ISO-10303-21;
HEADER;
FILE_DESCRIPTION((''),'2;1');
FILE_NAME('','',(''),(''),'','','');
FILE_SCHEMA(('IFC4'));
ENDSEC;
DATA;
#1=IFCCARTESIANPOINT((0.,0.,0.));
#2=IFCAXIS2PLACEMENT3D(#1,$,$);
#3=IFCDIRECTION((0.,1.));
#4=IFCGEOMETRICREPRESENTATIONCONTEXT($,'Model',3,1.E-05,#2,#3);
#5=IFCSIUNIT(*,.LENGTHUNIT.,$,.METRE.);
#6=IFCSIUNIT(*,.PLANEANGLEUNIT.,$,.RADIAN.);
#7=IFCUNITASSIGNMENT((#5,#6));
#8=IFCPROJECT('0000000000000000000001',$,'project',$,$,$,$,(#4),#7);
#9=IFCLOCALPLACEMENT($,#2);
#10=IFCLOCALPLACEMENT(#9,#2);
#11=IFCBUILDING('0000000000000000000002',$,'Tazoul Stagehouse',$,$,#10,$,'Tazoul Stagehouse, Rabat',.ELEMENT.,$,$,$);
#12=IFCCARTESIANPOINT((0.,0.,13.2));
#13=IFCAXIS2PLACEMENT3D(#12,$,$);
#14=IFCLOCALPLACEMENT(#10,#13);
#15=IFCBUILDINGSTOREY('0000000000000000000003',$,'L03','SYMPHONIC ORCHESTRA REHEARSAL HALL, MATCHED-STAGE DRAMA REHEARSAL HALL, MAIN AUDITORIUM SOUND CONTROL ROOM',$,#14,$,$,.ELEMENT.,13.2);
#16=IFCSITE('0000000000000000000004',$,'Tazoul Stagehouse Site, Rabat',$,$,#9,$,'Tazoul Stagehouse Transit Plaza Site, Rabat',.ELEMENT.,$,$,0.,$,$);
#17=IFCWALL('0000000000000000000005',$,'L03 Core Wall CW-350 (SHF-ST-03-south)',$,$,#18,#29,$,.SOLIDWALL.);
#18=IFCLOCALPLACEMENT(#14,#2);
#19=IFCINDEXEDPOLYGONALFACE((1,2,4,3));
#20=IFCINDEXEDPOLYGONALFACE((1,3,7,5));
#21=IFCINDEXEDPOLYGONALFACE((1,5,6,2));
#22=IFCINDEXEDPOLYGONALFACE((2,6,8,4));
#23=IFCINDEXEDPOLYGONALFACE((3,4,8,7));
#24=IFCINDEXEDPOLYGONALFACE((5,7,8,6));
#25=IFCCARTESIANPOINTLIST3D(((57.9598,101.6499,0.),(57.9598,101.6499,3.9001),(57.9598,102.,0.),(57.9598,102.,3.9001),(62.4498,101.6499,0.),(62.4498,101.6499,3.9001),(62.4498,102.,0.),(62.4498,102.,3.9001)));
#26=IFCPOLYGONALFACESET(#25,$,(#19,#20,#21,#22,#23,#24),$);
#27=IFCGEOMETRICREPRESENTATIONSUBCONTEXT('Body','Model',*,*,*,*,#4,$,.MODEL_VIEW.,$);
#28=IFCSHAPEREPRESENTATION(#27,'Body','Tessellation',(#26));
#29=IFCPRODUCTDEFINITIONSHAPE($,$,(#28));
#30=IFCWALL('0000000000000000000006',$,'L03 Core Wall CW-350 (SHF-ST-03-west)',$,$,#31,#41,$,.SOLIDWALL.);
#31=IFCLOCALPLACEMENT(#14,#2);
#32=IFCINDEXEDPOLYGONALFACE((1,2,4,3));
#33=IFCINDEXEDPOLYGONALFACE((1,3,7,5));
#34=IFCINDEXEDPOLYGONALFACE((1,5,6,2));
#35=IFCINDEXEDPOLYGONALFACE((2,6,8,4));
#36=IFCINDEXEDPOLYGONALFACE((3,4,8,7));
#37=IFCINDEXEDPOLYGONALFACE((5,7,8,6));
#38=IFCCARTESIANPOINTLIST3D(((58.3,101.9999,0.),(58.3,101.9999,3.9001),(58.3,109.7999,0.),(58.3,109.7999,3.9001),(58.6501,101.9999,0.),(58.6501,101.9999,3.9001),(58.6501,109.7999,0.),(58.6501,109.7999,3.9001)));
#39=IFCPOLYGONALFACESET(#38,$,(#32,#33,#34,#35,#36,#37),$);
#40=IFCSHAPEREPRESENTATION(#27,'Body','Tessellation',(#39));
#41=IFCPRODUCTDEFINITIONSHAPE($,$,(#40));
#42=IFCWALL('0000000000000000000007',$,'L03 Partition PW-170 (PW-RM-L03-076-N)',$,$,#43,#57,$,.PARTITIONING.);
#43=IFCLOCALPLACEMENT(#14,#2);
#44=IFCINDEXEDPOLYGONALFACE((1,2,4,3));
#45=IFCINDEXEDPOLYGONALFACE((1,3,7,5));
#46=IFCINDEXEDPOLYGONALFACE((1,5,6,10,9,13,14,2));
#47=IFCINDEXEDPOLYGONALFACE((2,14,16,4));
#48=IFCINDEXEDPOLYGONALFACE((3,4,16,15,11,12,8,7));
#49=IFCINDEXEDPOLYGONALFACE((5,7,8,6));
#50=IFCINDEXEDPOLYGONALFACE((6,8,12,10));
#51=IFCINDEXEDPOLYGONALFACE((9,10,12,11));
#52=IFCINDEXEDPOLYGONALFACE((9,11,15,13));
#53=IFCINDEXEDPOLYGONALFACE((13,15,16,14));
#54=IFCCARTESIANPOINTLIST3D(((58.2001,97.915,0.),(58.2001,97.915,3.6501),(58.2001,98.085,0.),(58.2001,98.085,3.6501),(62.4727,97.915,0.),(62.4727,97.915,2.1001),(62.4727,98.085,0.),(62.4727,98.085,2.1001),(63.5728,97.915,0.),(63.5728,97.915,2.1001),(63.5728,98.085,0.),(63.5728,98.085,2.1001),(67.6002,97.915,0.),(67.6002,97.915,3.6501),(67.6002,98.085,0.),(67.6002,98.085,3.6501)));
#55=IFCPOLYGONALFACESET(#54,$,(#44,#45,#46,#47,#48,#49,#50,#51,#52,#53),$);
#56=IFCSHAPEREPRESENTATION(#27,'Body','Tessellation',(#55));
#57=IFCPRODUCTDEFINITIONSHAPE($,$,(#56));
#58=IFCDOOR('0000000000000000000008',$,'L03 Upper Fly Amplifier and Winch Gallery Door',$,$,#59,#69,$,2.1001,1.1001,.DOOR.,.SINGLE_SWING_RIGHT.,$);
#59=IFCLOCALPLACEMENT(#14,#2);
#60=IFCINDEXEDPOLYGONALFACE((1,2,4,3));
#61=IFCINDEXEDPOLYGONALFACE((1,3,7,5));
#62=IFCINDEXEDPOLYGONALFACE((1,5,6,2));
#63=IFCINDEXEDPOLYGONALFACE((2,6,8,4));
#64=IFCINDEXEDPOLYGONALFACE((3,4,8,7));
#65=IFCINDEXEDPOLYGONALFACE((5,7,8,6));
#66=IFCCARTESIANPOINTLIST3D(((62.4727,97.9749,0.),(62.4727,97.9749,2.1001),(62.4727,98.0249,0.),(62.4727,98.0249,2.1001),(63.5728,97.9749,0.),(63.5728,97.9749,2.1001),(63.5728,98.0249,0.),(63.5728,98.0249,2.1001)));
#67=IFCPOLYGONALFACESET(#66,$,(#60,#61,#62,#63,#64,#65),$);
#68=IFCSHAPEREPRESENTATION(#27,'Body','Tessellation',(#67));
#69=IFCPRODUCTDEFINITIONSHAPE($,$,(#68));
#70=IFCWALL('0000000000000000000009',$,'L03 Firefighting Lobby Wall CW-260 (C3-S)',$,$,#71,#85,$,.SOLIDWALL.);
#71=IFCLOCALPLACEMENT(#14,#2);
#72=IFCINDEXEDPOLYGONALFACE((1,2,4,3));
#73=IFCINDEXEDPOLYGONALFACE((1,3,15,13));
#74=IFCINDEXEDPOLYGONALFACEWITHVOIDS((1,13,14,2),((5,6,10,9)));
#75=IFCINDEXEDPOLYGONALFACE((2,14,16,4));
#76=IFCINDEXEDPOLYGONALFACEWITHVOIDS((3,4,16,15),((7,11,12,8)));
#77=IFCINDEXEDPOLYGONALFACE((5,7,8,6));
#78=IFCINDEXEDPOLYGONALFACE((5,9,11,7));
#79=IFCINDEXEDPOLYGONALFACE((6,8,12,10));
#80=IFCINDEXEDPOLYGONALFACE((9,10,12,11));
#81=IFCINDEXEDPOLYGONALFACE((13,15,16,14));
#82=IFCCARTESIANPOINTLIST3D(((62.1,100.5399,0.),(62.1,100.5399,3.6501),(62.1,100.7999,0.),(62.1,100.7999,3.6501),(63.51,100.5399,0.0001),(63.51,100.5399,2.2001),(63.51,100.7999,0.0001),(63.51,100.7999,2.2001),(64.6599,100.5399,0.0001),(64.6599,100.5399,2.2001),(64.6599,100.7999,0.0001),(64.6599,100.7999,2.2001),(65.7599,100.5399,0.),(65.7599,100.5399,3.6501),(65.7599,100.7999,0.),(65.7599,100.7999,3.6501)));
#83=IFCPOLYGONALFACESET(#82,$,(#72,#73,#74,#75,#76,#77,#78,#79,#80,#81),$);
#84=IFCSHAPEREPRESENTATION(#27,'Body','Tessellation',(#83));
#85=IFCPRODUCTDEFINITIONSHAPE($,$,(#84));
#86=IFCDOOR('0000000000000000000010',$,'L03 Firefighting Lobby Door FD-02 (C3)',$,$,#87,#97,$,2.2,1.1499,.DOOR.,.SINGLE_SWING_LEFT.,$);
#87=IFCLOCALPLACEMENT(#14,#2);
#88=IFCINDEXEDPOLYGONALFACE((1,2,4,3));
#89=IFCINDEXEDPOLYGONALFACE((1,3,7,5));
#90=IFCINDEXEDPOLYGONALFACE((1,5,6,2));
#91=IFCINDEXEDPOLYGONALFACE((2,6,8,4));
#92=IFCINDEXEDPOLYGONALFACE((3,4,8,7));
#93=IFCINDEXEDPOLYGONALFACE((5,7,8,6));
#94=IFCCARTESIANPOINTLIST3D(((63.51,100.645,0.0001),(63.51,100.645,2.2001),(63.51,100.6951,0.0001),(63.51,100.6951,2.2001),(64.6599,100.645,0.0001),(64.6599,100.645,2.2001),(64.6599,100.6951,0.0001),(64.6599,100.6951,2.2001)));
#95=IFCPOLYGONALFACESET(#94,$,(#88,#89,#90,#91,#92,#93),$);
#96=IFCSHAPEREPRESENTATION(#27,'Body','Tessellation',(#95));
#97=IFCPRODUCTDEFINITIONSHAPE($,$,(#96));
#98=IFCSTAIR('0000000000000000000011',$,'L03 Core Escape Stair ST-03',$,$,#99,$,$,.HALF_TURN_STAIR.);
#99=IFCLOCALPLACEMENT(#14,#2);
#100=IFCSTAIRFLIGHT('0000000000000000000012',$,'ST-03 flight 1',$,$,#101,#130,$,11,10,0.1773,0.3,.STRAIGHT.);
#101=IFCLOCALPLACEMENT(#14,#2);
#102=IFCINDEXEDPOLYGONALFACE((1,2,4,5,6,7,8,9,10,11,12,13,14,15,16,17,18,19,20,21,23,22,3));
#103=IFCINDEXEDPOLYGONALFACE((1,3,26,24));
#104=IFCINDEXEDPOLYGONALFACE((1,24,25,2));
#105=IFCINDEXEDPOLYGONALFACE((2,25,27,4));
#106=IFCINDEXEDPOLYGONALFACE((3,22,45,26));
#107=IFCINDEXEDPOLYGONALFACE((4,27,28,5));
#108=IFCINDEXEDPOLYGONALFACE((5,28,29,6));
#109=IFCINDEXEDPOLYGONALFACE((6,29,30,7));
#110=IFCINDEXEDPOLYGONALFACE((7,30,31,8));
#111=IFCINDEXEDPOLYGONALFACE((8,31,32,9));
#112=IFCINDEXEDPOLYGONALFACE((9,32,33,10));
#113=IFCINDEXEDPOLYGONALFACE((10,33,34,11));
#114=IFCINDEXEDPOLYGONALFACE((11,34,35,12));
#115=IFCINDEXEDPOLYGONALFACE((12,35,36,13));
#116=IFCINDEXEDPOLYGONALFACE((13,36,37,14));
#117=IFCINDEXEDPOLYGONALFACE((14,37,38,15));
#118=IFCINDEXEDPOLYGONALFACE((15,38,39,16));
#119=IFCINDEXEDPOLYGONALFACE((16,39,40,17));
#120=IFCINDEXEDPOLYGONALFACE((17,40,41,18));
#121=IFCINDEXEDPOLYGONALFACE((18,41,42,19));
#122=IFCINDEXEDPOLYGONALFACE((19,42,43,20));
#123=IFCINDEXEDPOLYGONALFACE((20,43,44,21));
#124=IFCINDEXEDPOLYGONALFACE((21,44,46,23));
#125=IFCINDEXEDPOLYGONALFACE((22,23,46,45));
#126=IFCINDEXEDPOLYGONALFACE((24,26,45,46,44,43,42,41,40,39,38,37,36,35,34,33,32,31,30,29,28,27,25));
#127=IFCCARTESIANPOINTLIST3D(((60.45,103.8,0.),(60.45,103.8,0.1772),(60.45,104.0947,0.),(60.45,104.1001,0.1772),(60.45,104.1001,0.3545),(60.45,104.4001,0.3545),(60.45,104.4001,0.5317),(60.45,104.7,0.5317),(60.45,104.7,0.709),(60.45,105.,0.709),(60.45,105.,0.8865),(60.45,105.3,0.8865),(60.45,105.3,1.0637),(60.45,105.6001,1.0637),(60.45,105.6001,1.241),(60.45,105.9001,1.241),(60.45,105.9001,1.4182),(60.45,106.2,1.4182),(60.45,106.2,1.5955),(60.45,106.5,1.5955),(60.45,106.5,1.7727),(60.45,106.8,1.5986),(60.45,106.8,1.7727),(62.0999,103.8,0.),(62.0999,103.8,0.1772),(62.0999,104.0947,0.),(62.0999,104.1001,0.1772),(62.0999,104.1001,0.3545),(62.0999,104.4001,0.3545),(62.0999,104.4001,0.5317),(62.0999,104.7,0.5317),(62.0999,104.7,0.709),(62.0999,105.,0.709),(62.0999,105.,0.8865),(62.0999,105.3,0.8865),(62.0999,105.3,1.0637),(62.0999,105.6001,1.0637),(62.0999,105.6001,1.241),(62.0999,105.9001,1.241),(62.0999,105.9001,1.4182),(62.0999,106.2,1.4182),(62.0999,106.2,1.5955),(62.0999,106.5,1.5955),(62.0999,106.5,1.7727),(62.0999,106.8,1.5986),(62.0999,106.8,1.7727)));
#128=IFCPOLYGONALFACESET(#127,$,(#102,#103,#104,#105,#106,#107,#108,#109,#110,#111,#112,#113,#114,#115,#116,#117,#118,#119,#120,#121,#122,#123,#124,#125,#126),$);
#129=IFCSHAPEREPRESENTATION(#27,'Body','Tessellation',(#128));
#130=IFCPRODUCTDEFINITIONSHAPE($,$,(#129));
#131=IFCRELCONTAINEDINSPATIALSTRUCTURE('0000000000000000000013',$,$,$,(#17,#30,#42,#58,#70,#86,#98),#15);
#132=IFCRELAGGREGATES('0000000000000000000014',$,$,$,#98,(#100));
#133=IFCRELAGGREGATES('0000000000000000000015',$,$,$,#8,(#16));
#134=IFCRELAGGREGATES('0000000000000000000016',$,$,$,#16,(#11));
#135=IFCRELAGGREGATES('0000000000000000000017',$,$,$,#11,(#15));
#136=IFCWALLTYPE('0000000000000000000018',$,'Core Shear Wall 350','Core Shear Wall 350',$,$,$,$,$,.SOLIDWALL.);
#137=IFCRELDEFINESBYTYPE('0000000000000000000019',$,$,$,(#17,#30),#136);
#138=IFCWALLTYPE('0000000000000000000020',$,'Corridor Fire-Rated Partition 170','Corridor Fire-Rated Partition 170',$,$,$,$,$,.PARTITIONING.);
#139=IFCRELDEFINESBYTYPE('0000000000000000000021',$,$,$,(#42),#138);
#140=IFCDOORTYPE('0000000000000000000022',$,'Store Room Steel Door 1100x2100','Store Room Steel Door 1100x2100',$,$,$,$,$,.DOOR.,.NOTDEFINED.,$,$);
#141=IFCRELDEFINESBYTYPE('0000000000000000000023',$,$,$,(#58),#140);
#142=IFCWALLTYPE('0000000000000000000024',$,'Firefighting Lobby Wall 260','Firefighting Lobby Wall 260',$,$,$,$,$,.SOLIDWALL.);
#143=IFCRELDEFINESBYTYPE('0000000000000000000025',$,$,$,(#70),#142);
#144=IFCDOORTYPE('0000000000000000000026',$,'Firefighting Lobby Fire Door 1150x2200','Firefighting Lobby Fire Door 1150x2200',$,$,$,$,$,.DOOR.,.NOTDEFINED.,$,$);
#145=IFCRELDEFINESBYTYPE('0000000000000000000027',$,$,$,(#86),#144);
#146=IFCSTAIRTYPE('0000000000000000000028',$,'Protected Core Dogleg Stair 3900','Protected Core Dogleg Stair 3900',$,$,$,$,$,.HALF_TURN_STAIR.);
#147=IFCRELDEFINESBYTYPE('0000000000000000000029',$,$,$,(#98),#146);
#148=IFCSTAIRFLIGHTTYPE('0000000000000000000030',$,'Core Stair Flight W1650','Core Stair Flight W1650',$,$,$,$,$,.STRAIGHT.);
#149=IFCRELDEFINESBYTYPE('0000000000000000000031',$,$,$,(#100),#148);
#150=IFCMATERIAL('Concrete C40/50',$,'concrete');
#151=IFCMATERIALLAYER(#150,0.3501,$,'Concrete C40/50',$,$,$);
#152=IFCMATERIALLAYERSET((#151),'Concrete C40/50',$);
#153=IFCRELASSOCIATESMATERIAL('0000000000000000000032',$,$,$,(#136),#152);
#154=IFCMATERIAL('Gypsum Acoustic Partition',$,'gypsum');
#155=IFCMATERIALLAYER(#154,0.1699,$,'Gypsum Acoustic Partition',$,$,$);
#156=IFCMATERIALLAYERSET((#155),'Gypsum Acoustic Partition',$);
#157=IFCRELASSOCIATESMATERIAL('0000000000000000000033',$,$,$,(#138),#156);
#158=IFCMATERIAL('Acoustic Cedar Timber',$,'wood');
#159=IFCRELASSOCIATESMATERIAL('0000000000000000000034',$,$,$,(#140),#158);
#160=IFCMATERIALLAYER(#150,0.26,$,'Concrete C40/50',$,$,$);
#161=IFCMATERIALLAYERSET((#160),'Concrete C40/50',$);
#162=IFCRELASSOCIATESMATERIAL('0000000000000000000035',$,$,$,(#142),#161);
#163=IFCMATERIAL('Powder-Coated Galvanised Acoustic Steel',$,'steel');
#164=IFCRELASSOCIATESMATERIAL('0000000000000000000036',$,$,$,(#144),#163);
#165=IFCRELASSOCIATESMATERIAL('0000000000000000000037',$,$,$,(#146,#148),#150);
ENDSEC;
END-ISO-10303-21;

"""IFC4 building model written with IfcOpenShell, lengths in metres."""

from ifc_helpers import new_model, si_unit, direction, frame, frame_2d, origin, place, context, subcontext, project, spatial, polyline, rectangle, outline, extrude, material, layer, layer_set, type_object, element, fill, aggregate, save


model = new_model("IFC4")

# Units and contexts
model_context = context("Model", 3, precision=1e-05, world=origin(), true_north=direction((0.0, 1.0)))
body_context = subcontext(model_context, "Body", "Model", "MODEL_VIEW")
ifc_project = project(units=[si_unit("LENGTHUNIT", "METRE"), si_unit("PLANEANGLEUNIT", "RADIAN")], contexts=[model_context])

# Site, building, storey
site_placement = place(None, origin())
site = spatial("IfcSite", under=ifc_project, at=site_placement, Name="Tazoul Stagehouse Site, Rabat", LongName="Tazoul Stagehouse Transit Plaza Site, Rabat", CompositionType="ELEMENT", RefElevation=0.0)
building_placement = place(site_placement, origin())
building = spatial("IfcBuilding", under=site, at=building_placement, Name="Tazoul Stagehouse", LongName="Tazoul Stagehouse, Rabat", CompositionType="ELEMENT")
storey_placement = place(building_placement, frame((0.0, 0.0, 13.2)))
storey = spatial("IfcBuildingStorey", under=building, at=storey_placement, Name="L03", Description="SYMPHONIC ORCHESTRA REHEARSAL HALL, MATCHED-STAGE DRAMA REHEARSAL HALL, MAIN AUDITORIUM SOUND CONTROL ROOM", CompositionType="ELEMENT", Elevation=13.2)

# Shared definitions
ifc_material_1 = material(Name="Concrete C40/50", Category="concrete")

# Walls
ifc_layer_1 = layer(ifc_material_1, 0.3501, Name="Concrete C40/50")
ifc_layer_set_1 = layer_set([ifc_layer_1], Name="Concrete C40/50")
wall_type_1 = type_object("IfcWallType", Name="Core Shear Wall 350", Description="Core Shear Wall 350", PredefinedType="SOLIDWALL", material=ifc_layer_set_1)
wall_1_placement = place(storey_placement, frame((62.45, 101.825, 0.0), z_axis=(0.0, 0.0, 1.0), x_axis=(-1.0, 0.0, 0.0)))
element("IfcWall", 1, at=wall_1_placement, inside=storey, type_object=wall_type_1, Name="L03 Core Wall CW-350 (SHF-ST-03-south)", PredefinedType="SOLIDWALL", context=body_context, shape_type="SweptSolid", body=[
    extrude(rectangle(XDim=4.49, YDim=0.3501, at=frame_2d((2.2451, 0.0))), origin(), (0.0, 0.0, 1.0), 3.9001),
])
wall_2_placement = place(storey_placement, frame((58.4751, 102.0, 0.0), z_axis=(0.0, 0.0, 1.0), x_axis=(0.0, 1.0, 0.0)))
element("IfcWall", 2, at=wall_2_placement, inside=storey, type_object=wall_type_1, Name="L03 Core Wall CW-350 (SHF-ST-03-west)", PredefinedType="SOLIDWALL", context=body_context, shape_type="SweptSolid", body=[
    extrude(rectangle(XDim=7.8, YDim=0.3501, at=frame_2d((3.8999, 0.0))), origin(), (0.0, 0.0, 1.0), 3.9001),
])

# Walls, openings, doors
ifc_material_2 = material(Name="Gypsum Acoustic Partition", Category="gypsum")
ifc_layer_2 = layer(ifc_material_2, 0.1699, Name="Gypsum Acoustic Partition")
ifc_layer_set_2 = layer_set([ifc_layer_2], Name="Gypsum Acoustic Partition")
wall_type_2 = type_object("IfcWallType", Name="Corridor Fire-Rated Partition 170", Description="Corridor Fire-Rated Partition 170", PredefinedType="PARTITIONING", material=ifc_layer_set_2)
wall_3_placement = place(storey_placement, frame((58.2, 98.0, 0.0), z_axis=(0.0, 0.0, 1.0), x_axis=(1.0, 0.0, 0.0)))
wall_3 = element("IfcWall", 3, at=wall_3_placement, inside=storey, type_object=wall_type_2, Name="L03 Partition PW-170 (PW-RM-L03-076-N)", PredefinedType="PARTITIONING", context=body_context, shape_type="SweptSolid", body=[
    extrude(rectangle(XDim=9.4001, YDim=0.1699, at=frame_2d((4.7002, 0.0))), origin(), (0.0, 0.0, 1.0), 3.6501),
])
opening_1_placement = place(wall_3_placement, frame((4.2727, 0.0, 0.0)))
opening_1 = element("IfcOpeningElement", 4, at=opening_1_placement, cuts=wall_3, PredefinedType="OPENING", context=body_context, shape_type="SweptSolid", body=[
    extrude(rectangle(XDim=1.1001, YDim=2.1001, at=frame_2d((0.55, 1.05))), frame((0.0, 0.105, 0.0), z_axis=(0.0, -1.0, 0.0), x_axis=(1.0, 0.0, 0.0)), (0.0, 0.0, 1.0), 0.21),
])
ifc_material_3 = material(Name="Acoustic Cedar Timber", Category="wood")
door_type_1 = type_object("IfcDoorType", Name="Store Room Steel Door 1100x2100", Description="Store Room Steel Door 1100x2100", OperationType="NOTDEFINED", PredefinedType="DOOR", material=ifc_material_3)
door_1_placement = place(opening_1_placement, origin())
door_1 = element("IfcDoor", 5, at=door_1_placement, inside=storey, type_object=door_type_1, Name="L03 Upper Fly Amplifier and Winch Gallery Door", OperationType="SINGLE_SWING_RIGHT", OverallHeight=2.1001, OverallWidth=1.1001, PredefinedType="DOOR", context=body_context, shape_type="SweptSolid", body=[
    extrude(rectangle(XDim=1.1001, YDim=2.1001, at=frame_2d((0.55, 1.05))), frame((0.0, 0.0249, 0.0), z_axis=(0.0, -1.0, 0.0), x_axis=(1.0, 0.0, 0.0)), (0.0, 0.0, 1.0), 0.05),
])
fill(opening_1, door_1)
ifc_layer_3 = layer(ifc_material_1, 0.26, Name="Concrete C40/50")
ifc_layer_set_3 = layer_set([ifc_layer_3], Name="Concrete C40/50")
wall_type_3 = type_object("IfcWallType", Name="Firefighting Lobby Wall 260", Description="Firefighting Lobby Wall 260", PredefinedType="SOLIDWALL", material=ifc_layer_set_3)
wall_4_placement = place(storey_placement, frame((65.76, 100.6699, 0.0), z_axis=(0.0, 0.0, 1.0), x_axis=(-1.0, 0.0, 0.0)))
wall_4 = element("IfcWall", 6, at=wall_4_placement, inside=storey, type_object=wall_type_3, Name="L03 Firefighting Lobby Wall CW-260 (C3-S)", PredefinedType="SOLIDWALL", context=body_context, shape_type="SweptSolid", body=[
    extrude(rectangle(XDim=3.6599, YDim=0.26, at=frame_2d((1.8301, 0.0))), origin(), (0.0, 0.0, 1.0), 3.6501),
])
opening_2_placement = place(wall_4_placement, frame((1.1001, 0.0, 0.0)))
opening_2 = element("IfcOpeningElement", 7, at=opening_2_placement, cuts=wall_4, PredefinedType="OPENING", context=body_context, shape_type="SweptSolid", body=[
    extrude(rectangle(XDim=1.1499, YDim=2.2, at=frame_2d((0.575, 1.1001))), frame((0.0, 0.1499, 0.0), z_axis=(0.0, -1.0, 0.0), x_axis=(1.0, 0.0, 0.0)), (0.0, 0.0, 1.0), 0.3),
])
ifc_material_4 = material(Name="Powder-Coated Galvanised Acoustic Steel", Category="steel")
door_type_2 = type_object("IfcDoorType", Name="Firefighting Lobby Fire Door 1150x2200", Description="Firefighting Lobby Fire Door 1150x2200", OperationType="NOTDEFINED", PredefinedType="DOOR", material=ifc_material_4)
door_2_placement = place(opening_2_placement, origin())
door_2 = element("IfcDoor", 8, at=door_2_placement, inside=storey, type_object=door_type_2, Name="L03 Firefighting Lobby Door FD-02 (C3)", OperationType="SINGLE_SWING_LEFT", OverallHeight=2.2, OverallWidth=1.1499, PredefinedType="DOOR", context=body_context, shape_type="SweptSolid", body=[
    extrude(rectangle(XDim=1.1499, YDim=2.2, at=frame_2d((0.575, 1.1001))), frame((0.0, 0.0249, 0.0), z_axis=(0.0, -1.0, 0.0), x_axis=(1.0, 0.0, 0.0)), (0.0, 0.0, 1.0), 0.05),
])
fill(opening_2, door_2)

# Stair, stair flight
stair_type = type_object("IfcStairType", Name="Protected Core Dogleg Stair 3900", Description="Protected Core Dogleg Stair 3900", PredefinedType="HALF_TURN_STAIR", material=ifc_material_1)
stair_placement = place(storey_placement, origin())
stair = element("IfcStair", 9, at=stair_placement, inside=storey, type_object=stair_type, Name="L03 Core Escape Stair ST-03", PredefinedType="HALF_TURN_STAIR")
stair_flight_type = type_object("IfcStairFlightType", Name="Core Stair Flight W1650", Description="Core Stair Flight W1650", PredefinedType="STRAIGHT", material=ifc_material_1)
stair_flight_placement = place(storey_placement, frame((61.2749, 103.8, 0.0), z_axis=(0.0, 0.0, 1.0), x_axis=(0.0, 1.0, 0.0)))
stair_flight = element("IfcStairFlight", 10, at=stair_flight_placement, type_object=stair_flight_type, Name="ST-03 flight 1", NumberOfRisers=11, NumberOfTreads=10, PredefinedType="STRAIGHT", RiserHeight=0.1773, TreadLength=0.3, context=body_context, shape_type="SweptSolid", body=[
    extrude(outline(polyline([(0.0, 0.0), (0.0, 0.1772), (0.3, 0.1772), (0.3, 0.3545), (0.6001, 0.3545), (0.6001, 0.5317), (0.8999, 0.5317), (0.8999, 0.709), (1.2, 0.709), (1.2, 0.8865), (1.5, 0.8865), (1.5, 1.0637), (1.8, 1.0637), (1.8, 1.241), (2.1001, 1.241), (2.1001, 1.4182), (2.3999, 1.4182), (2.3999, 1.5955), (2.7, 1.5955), (2.7, 1.7727), (3.0, 1.7727), (3.0, 1.95), (3.0, 1.5986), (0.2947, 0.0), (0.0, 0.0)])), frame((0.0, 0.825, 0.0), z_axis=(0.0, -1.0, 0.0), x_axis=(1.0, 0.0, 0.0)), (0.0, 0.0, 1.0), 1.6499),
])
aggregate(stair, [stair_flight])

save(model, "model.ifc")
